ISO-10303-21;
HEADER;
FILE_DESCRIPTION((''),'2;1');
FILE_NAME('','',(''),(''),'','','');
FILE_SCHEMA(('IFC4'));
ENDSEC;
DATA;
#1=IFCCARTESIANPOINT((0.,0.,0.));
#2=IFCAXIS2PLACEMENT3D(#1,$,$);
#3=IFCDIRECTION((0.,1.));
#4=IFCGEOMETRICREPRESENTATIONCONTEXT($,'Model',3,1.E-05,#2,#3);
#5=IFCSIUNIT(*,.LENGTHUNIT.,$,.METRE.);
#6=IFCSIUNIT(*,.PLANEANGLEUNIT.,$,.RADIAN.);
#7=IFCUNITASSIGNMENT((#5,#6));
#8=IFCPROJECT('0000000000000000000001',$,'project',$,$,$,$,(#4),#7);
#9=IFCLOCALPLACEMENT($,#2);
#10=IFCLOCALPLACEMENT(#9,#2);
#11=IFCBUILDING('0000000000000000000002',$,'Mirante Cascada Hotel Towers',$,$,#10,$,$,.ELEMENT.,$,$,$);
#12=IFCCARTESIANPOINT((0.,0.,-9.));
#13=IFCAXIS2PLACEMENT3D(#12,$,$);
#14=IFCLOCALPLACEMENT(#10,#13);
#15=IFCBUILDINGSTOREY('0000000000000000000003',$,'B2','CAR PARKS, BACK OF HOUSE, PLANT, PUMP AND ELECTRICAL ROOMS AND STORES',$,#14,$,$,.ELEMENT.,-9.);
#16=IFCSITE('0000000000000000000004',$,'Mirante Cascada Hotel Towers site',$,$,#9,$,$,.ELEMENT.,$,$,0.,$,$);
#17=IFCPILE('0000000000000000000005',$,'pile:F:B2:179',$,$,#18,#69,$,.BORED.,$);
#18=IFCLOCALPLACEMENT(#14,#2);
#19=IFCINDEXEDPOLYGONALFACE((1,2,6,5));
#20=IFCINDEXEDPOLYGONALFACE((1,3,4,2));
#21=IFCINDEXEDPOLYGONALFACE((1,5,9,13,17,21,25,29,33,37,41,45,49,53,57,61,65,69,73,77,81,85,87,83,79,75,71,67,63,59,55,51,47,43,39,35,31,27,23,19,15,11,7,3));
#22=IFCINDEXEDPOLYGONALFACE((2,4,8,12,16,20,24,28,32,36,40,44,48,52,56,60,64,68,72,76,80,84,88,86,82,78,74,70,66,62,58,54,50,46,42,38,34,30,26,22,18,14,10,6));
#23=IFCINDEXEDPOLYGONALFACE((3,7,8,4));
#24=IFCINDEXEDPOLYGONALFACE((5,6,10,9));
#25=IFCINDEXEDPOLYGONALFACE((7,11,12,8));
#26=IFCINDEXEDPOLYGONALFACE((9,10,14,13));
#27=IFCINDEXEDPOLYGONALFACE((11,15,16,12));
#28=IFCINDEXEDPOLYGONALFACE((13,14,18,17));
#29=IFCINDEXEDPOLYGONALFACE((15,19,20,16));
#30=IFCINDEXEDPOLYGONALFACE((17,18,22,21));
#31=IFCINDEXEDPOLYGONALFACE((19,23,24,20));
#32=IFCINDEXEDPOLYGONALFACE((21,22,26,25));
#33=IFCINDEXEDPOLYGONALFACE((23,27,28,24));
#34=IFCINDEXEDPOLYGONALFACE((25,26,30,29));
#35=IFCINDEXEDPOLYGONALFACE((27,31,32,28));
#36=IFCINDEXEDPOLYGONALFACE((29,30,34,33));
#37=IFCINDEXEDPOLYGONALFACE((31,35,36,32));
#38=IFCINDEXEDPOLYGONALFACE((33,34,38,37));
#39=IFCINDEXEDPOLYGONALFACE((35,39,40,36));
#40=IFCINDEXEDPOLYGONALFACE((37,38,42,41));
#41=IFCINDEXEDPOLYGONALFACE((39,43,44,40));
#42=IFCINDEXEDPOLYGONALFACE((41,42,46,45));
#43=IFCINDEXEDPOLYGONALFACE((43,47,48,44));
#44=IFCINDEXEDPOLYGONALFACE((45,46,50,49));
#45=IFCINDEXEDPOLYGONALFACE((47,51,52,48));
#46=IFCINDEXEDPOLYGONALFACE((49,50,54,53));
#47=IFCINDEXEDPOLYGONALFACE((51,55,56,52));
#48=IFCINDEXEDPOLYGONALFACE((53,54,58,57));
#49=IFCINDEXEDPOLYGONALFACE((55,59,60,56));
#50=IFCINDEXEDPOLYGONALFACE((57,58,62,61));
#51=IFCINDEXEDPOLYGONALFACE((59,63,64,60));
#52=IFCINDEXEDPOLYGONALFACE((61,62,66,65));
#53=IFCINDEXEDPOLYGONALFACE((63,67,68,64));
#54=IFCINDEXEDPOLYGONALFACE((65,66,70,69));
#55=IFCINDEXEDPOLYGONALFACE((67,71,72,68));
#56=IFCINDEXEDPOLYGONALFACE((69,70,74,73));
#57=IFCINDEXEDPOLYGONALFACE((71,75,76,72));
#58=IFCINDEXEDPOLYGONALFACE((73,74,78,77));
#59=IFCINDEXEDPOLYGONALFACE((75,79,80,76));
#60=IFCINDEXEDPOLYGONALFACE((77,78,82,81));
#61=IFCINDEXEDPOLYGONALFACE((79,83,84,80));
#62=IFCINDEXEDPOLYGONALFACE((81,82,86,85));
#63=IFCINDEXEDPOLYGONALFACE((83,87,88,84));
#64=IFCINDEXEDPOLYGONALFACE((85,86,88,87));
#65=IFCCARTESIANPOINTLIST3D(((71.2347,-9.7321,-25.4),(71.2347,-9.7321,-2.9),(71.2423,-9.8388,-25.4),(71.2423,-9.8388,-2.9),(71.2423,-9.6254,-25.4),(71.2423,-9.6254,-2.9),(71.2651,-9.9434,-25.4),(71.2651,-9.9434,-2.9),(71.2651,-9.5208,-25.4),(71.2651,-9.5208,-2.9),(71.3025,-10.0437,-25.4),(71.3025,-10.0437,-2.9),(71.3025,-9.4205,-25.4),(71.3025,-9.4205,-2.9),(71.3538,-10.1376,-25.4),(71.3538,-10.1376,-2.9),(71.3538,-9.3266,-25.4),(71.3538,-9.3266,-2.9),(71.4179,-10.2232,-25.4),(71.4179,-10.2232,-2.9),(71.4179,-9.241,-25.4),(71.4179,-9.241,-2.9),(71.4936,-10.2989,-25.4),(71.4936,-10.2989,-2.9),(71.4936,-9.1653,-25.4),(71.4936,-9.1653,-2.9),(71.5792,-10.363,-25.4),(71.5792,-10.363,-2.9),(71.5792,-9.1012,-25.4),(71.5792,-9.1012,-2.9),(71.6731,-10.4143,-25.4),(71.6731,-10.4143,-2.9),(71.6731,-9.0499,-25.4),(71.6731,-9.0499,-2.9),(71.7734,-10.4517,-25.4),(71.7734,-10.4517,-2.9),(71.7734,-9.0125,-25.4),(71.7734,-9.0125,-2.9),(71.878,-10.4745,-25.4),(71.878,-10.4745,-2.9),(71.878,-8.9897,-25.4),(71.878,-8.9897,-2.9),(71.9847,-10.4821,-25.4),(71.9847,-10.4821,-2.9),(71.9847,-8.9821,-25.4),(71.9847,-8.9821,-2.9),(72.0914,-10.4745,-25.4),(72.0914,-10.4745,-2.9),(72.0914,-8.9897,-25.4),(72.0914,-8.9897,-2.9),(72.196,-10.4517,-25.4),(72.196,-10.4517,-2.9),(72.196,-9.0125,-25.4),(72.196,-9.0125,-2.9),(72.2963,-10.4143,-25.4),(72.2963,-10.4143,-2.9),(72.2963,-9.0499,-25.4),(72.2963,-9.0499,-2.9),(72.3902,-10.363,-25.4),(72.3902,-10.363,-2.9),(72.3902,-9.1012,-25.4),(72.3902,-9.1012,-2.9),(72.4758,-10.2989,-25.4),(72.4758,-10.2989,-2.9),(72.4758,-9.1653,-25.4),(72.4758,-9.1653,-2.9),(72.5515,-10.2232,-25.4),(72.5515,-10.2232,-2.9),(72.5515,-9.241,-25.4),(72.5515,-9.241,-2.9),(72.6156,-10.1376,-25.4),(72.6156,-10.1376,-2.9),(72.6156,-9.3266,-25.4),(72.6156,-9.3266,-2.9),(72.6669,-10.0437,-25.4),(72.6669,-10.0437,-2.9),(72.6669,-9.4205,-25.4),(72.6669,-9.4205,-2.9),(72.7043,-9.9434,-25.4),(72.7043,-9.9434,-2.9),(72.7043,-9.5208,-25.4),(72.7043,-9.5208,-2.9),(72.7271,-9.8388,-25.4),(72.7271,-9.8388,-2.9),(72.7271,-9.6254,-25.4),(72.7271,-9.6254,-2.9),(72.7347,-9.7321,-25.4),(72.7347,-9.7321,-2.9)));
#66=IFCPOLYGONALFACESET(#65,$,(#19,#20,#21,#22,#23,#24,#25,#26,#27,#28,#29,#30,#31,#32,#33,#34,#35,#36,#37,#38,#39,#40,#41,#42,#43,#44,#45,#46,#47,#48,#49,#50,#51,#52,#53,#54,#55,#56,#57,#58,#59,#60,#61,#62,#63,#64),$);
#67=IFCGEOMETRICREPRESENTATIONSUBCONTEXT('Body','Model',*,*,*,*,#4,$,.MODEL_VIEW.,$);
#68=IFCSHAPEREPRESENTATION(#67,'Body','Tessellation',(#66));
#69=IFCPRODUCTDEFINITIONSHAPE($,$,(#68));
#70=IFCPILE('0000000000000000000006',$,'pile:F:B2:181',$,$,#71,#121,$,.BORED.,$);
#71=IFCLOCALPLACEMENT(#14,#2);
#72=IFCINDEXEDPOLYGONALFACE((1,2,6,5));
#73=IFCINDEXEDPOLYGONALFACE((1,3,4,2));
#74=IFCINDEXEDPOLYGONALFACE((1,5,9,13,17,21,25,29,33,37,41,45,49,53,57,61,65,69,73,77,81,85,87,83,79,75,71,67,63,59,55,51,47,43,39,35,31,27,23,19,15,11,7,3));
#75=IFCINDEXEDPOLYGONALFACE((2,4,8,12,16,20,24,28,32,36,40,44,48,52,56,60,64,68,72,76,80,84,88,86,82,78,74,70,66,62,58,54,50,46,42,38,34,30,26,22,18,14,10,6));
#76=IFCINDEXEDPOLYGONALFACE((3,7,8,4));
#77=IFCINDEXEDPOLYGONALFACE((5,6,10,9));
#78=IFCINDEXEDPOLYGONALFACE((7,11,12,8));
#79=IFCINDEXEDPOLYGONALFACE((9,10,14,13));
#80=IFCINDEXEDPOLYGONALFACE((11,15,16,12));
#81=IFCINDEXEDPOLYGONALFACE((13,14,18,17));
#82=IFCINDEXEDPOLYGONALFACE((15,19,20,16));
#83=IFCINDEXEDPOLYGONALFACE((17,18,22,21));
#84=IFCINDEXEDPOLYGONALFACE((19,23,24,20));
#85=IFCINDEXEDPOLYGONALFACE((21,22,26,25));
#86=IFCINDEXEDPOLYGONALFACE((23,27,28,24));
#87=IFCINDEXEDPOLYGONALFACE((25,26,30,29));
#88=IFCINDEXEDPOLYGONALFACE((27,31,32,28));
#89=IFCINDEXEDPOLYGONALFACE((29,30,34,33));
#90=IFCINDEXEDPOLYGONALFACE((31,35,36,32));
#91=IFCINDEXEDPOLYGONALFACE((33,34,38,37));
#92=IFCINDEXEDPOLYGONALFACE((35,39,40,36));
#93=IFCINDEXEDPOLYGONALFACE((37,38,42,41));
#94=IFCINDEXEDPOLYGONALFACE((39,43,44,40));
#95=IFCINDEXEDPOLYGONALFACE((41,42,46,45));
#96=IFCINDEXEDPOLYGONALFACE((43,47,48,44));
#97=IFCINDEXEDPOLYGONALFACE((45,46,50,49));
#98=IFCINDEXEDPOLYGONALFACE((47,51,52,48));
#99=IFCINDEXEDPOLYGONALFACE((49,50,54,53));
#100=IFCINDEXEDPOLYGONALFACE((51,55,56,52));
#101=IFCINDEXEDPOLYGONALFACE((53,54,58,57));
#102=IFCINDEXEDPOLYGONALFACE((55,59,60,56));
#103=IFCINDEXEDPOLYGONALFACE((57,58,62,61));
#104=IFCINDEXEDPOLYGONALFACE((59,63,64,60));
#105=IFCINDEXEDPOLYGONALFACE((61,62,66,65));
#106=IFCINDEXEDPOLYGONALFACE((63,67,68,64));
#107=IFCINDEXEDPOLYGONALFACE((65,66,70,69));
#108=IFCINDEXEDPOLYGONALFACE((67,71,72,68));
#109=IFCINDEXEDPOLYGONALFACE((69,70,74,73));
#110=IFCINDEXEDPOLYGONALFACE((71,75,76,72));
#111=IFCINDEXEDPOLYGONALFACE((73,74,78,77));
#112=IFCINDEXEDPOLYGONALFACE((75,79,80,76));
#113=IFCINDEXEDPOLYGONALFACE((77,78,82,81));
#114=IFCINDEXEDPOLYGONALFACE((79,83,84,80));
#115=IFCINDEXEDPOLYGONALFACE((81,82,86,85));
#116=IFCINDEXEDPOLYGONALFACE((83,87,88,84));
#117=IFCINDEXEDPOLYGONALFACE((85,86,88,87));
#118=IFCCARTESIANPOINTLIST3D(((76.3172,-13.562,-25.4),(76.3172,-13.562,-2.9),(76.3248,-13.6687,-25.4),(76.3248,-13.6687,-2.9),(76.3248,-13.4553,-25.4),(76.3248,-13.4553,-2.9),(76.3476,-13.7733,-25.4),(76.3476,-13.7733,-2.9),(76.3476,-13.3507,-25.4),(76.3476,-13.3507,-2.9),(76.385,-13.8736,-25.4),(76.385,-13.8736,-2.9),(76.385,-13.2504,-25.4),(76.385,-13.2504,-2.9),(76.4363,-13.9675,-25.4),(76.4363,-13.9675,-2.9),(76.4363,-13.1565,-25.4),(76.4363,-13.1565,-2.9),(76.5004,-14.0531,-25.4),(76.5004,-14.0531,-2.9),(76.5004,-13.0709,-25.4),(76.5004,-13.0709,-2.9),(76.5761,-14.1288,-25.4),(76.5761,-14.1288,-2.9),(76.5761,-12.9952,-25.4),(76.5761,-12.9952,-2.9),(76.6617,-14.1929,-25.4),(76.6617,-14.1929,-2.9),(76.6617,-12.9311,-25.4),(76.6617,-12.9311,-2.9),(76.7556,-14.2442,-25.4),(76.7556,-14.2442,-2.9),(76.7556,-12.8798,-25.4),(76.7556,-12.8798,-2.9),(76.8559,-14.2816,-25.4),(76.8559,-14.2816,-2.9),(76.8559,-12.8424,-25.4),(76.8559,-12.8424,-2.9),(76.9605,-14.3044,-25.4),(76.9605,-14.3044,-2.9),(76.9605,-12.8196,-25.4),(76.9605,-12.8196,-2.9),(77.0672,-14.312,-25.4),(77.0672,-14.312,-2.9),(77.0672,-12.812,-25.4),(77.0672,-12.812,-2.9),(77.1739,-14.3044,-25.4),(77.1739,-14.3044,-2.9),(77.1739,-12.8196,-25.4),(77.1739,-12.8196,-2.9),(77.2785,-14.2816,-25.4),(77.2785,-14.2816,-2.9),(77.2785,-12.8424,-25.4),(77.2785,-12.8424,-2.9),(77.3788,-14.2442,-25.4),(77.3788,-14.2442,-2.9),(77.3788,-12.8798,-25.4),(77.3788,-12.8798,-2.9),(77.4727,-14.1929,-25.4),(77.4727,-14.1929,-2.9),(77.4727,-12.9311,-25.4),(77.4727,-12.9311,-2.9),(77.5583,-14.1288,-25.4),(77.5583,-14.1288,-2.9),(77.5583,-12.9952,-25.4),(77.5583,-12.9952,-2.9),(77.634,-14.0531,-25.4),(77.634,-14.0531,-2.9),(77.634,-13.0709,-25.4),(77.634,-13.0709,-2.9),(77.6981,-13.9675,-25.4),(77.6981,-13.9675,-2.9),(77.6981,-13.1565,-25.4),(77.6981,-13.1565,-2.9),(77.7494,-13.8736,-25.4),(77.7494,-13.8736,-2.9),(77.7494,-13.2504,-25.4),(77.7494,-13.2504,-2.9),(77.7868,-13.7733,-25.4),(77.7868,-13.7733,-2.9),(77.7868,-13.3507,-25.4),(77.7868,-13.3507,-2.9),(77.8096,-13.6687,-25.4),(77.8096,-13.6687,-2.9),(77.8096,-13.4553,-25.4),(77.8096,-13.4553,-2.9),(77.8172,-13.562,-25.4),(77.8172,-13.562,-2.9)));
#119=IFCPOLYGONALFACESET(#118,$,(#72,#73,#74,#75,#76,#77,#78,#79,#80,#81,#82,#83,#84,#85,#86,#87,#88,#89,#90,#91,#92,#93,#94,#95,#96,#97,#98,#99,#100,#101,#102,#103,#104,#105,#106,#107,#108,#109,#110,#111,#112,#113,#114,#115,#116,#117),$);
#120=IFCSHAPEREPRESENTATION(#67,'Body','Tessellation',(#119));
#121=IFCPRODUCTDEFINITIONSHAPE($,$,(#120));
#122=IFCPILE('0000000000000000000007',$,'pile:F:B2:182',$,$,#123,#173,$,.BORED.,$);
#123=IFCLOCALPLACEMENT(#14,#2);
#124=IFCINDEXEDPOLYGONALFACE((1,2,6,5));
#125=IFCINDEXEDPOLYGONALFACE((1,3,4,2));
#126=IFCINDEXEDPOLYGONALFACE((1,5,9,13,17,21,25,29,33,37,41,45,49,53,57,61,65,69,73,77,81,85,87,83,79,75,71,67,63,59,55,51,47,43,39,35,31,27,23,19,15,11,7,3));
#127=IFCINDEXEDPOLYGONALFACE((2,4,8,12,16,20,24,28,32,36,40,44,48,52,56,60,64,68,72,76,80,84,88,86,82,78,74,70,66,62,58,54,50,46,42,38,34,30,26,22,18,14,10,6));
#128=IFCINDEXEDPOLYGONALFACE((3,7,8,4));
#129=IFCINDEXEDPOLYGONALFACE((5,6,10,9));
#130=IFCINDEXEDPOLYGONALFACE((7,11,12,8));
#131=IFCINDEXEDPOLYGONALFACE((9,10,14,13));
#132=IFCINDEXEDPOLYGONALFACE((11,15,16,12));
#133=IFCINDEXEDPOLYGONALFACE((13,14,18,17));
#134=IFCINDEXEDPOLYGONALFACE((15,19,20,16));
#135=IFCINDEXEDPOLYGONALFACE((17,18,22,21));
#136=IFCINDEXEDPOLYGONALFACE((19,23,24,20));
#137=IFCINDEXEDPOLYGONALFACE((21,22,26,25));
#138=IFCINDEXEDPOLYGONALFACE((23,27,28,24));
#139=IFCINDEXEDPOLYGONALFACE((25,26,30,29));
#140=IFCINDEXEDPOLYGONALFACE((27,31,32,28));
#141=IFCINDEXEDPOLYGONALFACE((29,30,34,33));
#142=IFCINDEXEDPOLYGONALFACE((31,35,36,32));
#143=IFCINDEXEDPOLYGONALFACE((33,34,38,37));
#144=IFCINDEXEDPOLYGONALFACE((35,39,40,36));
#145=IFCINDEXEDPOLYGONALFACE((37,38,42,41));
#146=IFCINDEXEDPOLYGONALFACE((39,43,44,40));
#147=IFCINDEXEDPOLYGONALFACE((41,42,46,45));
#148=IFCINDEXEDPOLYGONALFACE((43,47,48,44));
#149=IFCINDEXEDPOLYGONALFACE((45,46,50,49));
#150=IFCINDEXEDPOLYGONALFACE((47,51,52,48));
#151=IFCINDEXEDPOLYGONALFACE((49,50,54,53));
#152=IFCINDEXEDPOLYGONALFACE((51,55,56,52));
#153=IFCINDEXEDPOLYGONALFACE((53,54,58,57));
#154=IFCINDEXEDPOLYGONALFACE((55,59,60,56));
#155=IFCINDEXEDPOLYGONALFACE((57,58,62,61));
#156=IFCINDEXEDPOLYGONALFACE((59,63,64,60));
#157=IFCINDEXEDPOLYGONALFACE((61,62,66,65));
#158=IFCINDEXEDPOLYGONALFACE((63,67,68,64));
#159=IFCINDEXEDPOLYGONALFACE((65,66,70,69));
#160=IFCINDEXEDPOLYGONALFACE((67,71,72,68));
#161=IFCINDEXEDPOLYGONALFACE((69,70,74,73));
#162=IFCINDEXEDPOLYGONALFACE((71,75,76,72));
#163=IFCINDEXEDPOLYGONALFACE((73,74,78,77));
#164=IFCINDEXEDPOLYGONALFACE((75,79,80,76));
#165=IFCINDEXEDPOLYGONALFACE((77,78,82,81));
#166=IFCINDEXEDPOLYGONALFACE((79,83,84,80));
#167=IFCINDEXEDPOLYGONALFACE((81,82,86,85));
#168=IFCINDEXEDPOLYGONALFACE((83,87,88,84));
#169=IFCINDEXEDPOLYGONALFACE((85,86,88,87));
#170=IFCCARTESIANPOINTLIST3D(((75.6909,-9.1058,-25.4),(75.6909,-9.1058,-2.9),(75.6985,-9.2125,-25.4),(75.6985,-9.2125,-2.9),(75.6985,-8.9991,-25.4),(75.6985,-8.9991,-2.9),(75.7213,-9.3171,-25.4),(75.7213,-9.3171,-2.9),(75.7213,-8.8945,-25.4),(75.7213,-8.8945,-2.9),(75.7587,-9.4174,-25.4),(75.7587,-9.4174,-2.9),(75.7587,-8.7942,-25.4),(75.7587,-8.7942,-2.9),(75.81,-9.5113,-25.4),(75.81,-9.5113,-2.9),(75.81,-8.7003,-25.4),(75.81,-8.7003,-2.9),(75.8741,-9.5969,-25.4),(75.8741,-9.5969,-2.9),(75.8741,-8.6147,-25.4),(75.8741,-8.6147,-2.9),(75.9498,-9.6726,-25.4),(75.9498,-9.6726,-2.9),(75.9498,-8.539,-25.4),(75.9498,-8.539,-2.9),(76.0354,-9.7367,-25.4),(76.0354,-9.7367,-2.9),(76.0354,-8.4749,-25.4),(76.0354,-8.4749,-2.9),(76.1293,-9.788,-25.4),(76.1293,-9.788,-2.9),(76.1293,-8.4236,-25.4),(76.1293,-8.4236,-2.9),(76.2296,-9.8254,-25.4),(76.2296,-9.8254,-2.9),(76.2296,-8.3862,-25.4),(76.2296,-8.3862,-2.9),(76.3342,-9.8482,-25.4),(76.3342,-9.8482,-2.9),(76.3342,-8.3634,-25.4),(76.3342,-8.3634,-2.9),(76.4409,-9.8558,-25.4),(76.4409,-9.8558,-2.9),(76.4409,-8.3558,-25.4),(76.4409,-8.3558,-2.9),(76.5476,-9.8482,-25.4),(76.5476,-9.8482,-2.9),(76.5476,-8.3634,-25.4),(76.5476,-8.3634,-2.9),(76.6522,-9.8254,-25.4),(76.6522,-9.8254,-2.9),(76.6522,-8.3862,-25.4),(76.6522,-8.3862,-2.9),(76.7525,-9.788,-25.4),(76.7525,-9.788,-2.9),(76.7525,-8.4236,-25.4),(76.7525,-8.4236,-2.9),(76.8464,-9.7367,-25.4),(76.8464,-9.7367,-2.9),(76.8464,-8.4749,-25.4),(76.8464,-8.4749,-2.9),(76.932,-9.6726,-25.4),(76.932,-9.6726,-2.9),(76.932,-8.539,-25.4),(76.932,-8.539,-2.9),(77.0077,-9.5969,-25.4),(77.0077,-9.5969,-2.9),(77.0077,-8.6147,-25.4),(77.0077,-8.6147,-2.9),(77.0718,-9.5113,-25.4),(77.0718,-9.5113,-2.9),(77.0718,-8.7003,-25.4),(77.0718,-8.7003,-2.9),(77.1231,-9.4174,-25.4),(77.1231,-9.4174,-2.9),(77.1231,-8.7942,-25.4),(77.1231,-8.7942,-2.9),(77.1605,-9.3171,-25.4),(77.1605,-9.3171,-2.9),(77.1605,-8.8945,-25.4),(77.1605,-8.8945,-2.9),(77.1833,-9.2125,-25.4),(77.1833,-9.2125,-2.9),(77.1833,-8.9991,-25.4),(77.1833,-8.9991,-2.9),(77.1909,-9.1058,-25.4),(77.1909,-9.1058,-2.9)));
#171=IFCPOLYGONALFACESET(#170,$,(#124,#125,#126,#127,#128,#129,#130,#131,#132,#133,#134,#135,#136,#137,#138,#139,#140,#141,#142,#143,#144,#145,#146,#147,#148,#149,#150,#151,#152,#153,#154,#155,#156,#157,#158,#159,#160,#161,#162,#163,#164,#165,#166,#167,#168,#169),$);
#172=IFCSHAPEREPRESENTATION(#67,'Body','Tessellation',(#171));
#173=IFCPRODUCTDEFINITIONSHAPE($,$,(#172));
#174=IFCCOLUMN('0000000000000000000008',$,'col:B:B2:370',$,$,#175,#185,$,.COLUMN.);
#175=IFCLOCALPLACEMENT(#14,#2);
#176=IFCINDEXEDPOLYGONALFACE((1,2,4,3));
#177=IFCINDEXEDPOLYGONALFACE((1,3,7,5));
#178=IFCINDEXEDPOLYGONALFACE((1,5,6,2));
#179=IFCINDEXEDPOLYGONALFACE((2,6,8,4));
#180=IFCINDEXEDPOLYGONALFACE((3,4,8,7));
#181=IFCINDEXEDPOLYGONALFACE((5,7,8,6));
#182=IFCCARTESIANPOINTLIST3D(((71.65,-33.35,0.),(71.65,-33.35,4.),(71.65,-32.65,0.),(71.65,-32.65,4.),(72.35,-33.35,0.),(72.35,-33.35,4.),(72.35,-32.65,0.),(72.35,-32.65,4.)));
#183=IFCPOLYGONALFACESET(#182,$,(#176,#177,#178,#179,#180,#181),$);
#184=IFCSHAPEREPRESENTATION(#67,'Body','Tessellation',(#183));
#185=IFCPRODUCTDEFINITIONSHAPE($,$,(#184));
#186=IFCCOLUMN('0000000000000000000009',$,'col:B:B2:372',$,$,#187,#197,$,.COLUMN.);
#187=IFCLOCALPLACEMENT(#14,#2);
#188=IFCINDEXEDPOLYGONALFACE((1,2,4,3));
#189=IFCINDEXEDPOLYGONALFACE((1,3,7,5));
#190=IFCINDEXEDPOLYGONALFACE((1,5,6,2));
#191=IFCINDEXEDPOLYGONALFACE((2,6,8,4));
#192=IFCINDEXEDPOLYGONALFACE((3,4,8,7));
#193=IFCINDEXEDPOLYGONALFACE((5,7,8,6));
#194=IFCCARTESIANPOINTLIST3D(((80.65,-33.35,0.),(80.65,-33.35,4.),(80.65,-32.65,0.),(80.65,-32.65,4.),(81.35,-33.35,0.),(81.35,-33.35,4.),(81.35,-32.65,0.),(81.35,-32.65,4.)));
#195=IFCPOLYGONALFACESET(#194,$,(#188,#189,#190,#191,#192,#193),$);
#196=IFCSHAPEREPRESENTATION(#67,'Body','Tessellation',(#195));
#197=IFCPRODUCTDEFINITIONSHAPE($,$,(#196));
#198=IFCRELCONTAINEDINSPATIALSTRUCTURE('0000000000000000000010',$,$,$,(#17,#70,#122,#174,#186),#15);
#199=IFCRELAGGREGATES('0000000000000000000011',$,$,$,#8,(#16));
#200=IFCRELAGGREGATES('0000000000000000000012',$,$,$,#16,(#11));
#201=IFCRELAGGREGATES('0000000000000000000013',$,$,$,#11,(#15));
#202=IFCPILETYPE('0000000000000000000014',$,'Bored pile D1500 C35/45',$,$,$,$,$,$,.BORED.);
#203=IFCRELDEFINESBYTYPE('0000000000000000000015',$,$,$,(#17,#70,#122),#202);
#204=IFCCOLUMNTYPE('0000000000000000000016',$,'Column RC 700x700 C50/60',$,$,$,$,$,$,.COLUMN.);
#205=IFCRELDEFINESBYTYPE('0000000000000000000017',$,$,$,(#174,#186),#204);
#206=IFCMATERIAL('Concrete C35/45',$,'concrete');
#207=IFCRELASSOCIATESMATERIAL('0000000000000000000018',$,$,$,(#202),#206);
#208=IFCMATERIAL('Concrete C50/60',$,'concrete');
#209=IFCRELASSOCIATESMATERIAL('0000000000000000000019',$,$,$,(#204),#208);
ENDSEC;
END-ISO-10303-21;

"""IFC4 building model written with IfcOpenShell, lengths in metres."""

from ifc_helpers import new_model, si_unit, direction, frame, origin, origin_2d, place, context, subcontext, project, spatial, rectangle, circle, extrude, material, material_profile, profile_set, type_object, element, save


model = new_model("IFC4")

# Units and contexts
model_context = context("Model", 3, precision=1e-05, world=origin(), true_north=direction((0.0, 1.0)))
body_context = subcontext(model_context, "Body", "Model", "MODEL_VIEW")
ifc_project = project(units=[si_unit("LENGTHUNIT", "METRE"), si_unit("PLANEANGLEUNIT", "RADIAN")], contexts=[model_context])

# Site, building, storey
site_placement = place(None, origin())
site = spatial("IfcSite", under=ifc_project, at=site_placement, Name="Mirante Cascada Hotel Towers site", CompositionType="ELEMENT", RefElevation=0.0)
building_placement = place(site_placement, origin())
building = spatial("IfcBuilding", under=site, at=building_placement, Name="Mirante Cascada Hotel Towers", CompositionType="ELEMENT")
storey_placement = place(building_placement, frame((0.0, 0.0, -9.0)))
storey = spatial("IfcBuildingStorey", under=building, at=storey_placement, Name="B2", Description="CAR PARKS, BACK OF HOUSE, PLANT, PUMP AND ELECTRICAL ROOMS AND STORES", CompositionType="ELEMENT", Elevation=-9.0)

# Piles
ifc_material_1 = material(Name="Concrete C35/45", Category="concrete")
ifc_material_profile_1 = material_profile(ifc_material_1, circle(Radius=0.75, at=origin_2d()), Name="RC D1500")
ifc_profile_set_1 = profile_set([ifc_material_profile_1], Name="Concrete C35/45")
pile_type = type_object("IfcPileType", Name="Bored pile D1500 C35/45", PredefinedType="BORED", material=ifc_profile_set_1)
for number, where, z_axis, x_axis, name in (
    (1, (71.9847, -9.7321, -2.9), (0.0, 0.0, -1.0), (1.0, 0.0, 0.0), "pile:F:B2:179"),
    (2, (77.0672, -13.562, -2.9), (0.0, 0.0, -1.0), (1.0, 0.0, 0.0), "pile:F:B2:181"),
    (3, (76.4409, -9.1058, -2.9), (0.0, 0.0, -1.0), (1.0, 0.0, 0.0), "pile:F:B2:182"),
):
    element("IfcPile", number, at=place(storey_placement, frame(where, z_axis=z_axis, x_axis=x_axis)), inside=storey, type_object=pile_type, Name=name, PredefinedType="BORED", context=body_context, shape_type="SweptSolid", body=[
        extrude(circle(Radius=0.75, at=origin_2d()), origin(), (0.0, 0.0, 1.0), 22.5),
    ])

# Columns
ifc_material_2 = material(Name="Concrete C50/60", Category="concrete")
ifc_material_profile_2 = material_profile(ifc_material_2, rectangle(XDim=0.7, YDim=0.7, at=origin_2d()), Name="RC 700x700")
ifc_profile_set_2 = profile_set([ifc_material_profile_2], Name="Concrete C50/60")
column_type_1 = type_object("IfcColumnType", Name="Column RC 700x700 C50/60", PredefinedType="COLUMN", material=ifc_profile_set_2)
for number, where, z_axis, x_axis, name in (
    (4, (72.0, -33.0, 0.0), (0.0, 0.0, 1.0), (1.0, 0.0, 0.0), "col:B:B2:370"),
    (5, (81.0, -33.0, 0.0), (0.0, 0.0, 1.0), (1.0, 0.0, 0.0), "col:B:B2:372"),
):
    element("IfcColumn", number, at=place(storey_placement, frame(where, z_axis=z_axis, x_axis=x_axis)), inside=storey, type_object=column_type_1, Name=name, PredefinedType="COLUMN", context=body_context, shape_type="SweptSolid", body=[
        extrude(rectangle(XDim=0.7, YDim=0.7, at=origin_2d()), origin(), (0.0, 0.0, 1.0), 4.0),
    ])

save(model, "model.ifc")
